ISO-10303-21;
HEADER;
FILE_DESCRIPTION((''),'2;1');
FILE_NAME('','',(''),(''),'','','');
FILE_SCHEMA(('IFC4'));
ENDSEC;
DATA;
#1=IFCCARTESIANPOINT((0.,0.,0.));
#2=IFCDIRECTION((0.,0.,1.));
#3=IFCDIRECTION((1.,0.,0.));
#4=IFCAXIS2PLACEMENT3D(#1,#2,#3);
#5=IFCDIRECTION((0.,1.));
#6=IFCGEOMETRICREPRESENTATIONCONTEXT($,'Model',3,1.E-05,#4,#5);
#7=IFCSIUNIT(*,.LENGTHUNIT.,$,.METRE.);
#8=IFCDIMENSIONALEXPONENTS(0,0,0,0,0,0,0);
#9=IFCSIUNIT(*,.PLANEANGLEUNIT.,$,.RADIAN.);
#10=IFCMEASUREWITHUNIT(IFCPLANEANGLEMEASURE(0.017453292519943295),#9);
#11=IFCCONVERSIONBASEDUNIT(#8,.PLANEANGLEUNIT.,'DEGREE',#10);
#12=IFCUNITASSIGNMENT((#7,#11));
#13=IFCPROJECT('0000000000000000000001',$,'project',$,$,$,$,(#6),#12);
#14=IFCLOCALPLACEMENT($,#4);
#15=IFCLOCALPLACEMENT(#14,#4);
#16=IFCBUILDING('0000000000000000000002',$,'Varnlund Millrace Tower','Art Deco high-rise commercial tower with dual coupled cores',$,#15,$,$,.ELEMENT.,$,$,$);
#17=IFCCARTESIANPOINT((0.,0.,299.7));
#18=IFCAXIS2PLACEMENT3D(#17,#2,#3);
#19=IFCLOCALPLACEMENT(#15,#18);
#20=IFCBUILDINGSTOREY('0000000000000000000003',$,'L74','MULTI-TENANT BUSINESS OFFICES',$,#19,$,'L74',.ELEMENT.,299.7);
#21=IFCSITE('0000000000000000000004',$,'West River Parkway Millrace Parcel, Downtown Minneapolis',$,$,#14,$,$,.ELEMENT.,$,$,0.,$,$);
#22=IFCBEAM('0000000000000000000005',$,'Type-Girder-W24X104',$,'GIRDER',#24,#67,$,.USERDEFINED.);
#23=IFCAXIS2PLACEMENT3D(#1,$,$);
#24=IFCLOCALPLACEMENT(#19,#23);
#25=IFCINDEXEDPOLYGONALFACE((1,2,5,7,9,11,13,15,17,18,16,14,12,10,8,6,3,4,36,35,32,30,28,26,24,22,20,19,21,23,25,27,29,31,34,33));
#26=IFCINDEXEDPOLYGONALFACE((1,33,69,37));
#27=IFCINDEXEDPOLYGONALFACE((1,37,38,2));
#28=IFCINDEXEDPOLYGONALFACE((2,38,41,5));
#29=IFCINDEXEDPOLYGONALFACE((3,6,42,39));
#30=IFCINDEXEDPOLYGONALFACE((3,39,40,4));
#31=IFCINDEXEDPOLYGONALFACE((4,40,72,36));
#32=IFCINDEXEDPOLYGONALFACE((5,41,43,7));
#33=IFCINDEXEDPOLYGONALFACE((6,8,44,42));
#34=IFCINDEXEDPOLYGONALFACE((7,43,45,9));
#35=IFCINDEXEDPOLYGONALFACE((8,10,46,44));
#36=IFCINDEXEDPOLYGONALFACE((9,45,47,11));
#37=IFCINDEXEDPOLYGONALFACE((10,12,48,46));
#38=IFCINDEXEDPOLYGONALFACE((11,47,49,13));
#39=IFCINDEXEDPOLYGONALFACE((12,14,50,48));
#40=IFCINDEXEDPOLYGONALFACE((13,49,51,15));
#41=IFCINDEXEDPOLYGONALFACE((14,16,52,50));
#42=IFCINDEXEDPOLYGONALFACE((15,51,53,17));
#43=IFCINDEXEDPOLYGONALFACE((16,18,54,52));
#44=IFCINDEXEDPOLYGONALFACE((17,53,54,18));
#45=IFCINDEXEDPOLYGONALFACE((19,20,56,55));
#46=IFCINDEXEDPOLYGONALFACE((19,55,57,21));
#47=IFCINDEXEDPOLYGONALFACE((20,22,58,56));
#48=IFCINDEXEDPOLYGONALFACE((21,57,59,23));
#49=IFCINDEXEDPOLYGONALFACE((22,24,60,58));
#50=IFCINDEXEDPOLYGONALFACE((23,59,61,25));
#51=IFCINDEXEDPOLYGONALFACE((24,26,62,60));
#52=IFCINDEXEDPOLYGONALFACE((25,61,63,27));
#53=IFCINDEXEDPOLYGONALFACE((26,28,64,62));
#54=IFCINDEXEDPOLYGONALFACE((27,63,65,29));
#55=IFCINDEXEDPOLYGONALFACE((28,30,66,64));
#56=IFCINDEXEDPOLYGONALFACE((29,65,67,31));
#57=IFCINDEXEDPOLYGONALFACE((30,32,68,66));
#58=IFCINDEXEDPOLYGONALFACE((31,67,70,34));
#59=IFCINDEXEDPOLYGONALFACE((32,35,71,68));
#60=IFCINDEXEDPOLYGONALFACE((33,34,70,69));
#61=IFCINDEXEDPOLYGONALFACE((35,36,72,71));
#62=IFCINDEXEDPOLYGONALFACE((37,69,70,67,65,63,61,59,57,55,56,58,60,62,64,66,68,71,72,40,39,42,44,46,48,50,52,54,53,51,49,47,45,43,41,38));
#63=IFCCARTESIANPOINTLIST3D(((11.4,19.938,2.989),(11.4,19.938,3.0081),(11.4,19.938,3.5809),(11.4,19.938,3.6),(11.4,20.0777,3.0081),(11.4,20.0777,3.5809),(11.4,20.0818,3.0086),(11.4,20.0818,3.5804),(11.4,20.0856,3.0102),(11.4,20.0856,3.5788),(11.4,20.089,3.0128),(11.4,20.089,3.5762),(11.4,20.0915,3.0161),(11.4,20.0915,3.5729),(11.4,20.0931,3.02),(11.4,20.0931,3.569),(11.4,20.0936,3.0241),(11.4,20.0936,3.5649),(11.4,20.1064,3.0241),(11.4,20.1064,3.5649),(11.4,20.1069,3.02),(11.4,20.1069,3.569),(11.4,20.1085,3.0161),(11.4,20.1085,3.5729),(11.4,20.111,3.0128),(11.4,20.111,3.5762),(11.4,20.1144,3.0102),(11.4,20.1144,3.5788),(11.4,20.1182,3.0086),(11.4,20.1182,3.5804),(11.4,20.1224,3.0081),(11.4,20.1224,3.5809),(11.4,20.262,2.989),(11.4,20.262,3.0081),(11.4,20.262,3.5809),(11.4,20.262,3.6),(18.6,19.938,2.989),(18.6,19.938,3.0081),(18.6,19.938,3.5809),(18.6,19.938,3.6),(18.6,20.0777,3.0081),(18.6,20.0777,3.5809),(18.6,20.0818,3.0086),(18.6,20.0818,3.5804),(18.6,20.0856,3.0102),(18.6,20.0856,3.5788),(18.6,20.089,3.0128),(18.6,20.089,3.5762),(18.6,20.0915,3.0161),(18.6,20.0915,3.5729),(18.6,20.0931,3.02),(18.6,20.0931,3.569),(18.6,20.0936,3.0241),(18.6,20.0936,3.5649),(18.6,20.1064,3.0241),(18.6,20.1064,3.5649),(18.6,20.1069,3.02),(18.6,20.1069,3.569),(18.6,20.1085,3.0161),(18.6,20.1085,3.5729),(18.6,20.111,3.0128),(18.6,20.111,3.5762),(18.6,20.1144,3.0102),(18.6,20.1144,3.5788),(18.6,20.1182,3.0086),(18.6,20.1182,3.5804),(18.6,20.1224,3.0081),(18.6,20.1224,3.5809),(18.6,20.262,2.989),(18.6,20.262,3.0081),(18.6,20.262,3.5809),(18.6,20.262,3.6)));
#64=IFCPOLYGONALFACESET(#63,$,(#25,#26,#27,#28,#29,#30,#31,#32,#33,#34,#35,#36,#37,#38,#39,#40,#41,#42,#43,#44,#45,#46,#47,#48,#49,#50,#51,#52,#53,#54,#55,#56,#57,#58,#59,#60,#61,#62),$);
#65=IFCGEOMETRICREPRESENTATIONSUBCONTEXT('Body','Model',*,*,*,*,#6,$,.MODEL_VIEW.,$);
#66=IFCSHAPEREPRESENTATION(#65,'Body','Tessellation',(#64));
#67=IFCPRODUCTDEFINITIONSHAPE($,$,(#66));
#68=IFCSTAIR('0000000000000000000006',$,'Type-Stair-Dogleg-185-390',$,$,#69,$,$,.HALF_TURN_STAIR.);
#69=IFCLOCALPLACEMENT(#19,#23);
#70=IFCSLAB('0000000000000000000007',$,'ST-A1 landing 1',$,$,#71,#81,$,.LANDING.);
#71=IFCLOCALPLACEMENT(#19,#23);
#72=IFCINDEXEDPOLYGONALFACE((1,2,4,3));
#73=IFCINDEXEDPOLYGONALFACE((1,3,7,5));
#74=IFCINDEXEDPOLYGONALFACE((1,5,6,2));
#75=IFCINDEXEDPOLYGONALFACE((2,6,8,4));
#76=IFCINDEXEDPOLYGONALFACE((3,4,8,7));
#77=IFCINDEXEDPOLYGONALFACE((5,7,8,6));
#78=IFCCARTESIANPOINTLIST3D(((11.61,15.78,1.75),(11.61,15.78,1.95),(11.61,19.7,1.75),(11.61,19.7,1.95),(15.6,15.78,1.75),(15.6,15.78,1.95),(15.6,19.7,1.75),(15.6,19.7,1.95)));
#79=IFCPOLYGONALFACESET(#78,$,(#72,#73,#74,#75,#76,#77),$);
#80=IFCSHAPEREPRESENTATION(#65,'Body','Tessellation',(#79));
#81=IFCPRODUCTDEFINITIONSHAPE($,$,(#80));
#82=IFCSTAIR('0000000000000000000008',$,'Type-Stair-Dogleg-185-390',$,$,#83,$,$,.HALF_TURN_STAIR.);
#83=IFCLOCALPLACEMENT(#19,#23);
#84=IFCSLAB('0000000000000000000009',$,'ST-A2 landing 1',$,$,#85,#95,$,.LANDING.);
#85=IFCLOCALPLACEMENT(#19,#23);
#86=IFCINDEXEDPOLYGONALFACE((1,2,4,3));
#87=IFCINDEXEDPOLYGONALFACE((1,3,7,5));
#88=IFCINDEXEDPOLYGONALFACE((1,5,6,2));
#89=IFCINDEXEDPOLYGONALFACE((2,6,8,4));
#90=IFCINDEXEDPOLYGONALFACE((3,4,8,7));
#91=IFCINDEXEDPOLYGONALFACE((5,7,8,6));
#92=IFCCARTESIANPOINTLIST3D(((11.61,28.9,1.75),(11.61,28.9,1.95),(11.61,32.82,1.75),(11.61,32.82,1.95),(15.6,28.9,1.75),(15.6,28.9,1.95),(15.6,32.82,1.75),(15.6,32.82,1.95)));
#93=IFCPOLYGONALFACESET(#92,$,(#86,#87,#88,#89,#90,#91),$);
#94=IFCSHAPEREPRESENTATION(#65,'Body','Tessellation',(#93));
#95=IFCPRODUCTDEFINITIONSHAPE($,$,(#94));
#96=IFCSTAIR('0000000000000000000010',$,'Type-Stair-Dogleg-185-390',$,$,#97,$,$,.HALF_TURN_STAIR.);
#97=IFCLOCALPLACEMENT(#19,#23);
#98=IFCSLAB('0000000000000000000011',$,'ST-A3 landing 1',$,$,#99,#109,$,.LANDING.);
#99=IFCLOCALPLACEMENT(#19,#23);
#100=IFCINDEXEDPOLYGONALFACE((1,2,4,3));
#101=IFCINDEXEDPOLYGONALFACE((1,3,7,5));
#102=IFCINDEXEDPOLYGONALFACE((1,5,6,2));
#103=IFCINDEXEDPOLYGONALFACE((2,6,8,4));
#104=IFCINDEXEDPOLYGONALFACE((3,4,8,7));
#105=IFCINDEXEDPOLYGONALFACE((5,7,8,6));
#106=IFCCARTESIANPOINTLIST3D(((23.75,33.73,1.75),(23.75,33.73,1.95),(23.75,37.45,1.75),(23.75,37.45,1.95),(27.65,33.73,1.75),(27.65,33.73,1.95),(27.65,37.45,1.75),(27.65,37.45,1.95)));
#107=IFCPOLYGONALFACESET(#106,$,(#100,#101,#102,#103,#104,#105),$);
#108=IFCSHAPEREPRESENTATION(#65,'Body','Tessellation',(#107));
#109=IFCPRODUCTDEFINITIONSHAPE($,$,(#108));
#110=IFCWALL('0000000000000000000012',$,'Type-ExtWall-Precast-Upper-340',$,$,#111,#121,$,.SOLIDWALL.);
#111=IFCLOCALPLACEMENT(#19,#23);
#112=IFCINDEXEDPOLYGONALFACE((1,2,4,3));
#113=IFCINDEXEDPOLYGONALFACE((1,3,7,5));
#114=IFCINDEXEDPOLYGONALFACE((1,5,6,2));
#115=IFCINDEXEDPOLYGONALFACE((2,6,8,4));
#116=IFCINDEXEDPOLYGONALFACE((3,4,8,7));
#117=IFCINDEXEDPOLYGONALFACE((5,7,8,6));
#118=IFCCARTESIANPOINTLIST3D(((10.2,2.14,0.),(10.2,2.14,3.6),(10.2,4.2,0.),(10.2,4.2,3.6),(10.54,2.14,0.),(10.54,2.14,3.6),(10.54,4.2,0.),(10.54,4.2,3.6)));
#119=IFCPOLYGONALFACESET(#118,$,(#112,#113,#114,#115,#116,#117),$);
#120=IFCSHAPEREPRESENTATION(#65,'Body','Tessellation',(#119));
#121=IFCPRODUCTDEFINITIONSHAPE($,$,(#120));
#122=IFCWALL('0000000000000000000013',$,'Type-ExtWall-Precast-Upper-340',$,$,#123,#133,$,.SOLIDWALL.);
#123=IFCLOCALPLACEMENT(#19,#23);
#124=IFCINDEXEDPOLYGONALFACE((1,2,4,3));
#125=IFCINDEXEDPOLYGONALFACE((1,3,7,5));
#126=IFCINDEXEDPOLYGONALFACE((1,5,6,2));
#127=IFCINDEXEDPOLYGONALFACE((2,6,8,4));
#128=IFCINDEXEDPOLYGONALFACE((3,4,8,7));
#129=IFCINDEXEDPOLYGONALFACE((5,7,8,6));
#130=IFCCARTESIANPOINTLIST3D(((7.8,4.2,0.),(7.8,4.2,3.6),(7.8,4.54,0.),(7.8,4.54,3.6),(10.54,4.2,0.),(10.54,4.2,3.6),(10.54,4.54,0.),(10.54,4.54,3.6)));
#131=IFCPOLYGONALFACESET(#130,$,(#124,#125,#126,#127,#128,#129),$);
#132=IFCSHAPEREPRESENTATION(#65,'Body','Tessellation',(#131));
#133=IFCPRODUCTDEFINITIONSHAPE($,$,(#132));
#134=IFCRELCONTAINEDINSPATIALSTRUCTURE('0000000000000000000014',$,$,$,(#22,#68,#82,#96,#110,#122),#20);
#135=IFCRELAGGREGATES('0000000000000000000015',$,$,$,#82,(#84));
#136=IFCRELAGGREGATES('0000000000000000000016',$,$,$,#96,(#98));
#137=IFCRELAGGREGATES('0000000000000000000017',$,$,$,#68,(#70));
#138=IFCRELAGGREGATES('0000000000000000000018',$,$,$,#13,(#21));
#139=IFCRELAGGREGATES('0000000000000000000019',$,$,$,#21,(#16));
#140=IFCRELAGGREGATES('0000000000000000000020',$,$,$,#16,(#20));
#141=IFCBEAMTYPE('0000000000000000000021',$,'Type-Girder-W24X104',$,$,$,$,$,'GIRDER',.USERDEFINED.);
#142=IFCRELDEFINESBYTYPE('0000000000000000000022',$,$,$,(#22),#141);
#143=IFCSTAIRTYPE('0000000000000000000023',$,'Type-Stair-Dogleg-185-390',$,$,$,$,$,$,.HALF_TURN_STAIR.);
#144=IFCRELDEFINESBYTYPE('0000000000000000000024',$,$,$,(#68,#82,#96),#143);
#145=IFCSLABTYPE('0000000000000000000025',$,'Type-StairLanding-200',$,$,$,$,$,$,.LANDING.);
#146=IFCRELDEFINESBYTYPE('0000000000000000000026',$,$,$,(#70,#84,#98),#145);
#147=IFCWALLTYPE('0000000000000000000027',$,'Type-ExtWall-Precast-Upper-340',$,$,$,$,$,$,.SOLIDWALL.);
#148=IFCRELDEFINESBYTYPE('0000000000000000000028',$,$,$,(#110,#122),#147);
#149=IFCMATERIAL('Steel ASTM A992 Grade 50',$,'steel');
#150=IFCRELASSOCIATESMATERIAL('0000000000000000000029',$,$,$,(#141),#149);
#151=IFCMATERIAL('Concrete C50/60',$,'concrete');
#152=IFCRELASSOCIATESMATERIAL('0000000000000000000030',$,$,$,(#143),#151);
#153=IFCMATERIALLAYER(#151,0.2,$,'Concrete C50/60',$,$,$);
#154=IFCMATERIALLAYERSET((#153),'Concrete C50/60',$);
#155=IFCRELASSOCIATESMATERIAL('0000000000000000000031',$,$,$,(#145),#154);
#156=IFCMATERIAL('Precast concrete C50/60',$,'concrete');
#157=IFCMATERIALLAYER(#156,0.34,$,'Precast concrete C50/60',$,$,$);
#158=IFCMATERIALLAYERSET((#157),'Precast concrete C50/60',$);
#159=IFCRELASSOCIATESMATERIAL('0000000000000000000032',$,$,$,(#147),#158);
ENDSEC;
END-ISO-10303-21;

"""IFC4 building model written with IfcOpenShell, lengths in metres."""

from ifc_helpers import new_model, entity, si_unit, converted_unit, direction, frame, origin_with_axes, origin_2d_with_axis, place, context, subcontext, project, spatial, polyline, i_section, outline, extrude, material, layer, layer_set, material_profile, profile_set, type_object, element, aggregate, save


model = new_model("IFC4")

# Units and contexts
model_context = context("Model", 3, precision=1e-05, world=origin_with_axes(), true_north=direction((0.0, 1.0)))
body_context = subcontext(model_context, "Body", "Model", "MODEL_VIEW")
ifc_project = project(units=[si_unit("LENGTHUNIT", "METRE"), converted_unit("PLANEANGLEUNIT", "DEGREE", entity("IfcPlaneAngleMeasure", 0.017453292519943295), si_unit("PLANEANGLEUNIT", "RADIAN"), dimensions=[0, 0, 0, 0, 0, 0, 0])], contexts=[model_context])

# Site, building, storey
site_placement = place(None, origin_with_axes())
site = spatial("IfcSite", under=ifc_project, at=site_placement, Name="West River Parkway Millrace Parcel, Downtown Minneapolis", CompositionType="ELEMENT", RefElevation=0.0)
building_placement = place(site_placement, origin_with_axes())
building = spatial("IfcBuilding", under=site, at=building_placement, Name="Varnlund Millrace Tower", Description="Art Deco high-rise commercial tower with dual coupled cores", CompositionType="ELEMENT")
storey_placement = place(building_placement, frame((0.0, 0.0, 299.7), z_axis=(0.0, 0.0, 1.0), x_axis=(1.0, 0.0, 0.0)))
storey = spatial("IfcBuildingStorey", under=building, at=storey_placement, Name="L74", Description="MULTI-TENANT BUSINESS OFFICES", LongName="L74", CompositionType="ELEMENT", Elevation=299.7)

# Beam
ifc_material_1 = material(Name="Steel ASTM A992 Grade 50", Category="steel")
ifc_material_profile_1 = material_profile(ifc_material_1, i_section(OverallWidth=0.324, OverallDepth=0.611, WebThickness=0.0127, FlangeThickness=0.0191, FilletRadius=0.016, at=origin_2d_with_axis()), Name="Steel ASTM A992 Grade 50")
ifc_profile_set_1 = profile_set([ifc_material_profile_1], Name="Steel ASTM A992 Grade 50")
beam_type_1 = type_object("IfcBeamType", Name="Type-Girder-W24X104", ElementType="GIRDER", PredefinedType="USERDEFINED", material=ifc_profile_set_1)
for number, where, z_axis, x_axis, name in (
    (1, (11.4, 20.1, 3.2945), (1.0, 0.0, 0.0), (0.0, 1.0, 0.0), "Type-Girder-W24X104"),
):
    element("IfcBeam", number, at=place(storey_placement, frame(where, z_axis=z_axis, x_axis=x_axis)), inside=storey, type_object=beam_type_1, Name=name, ObjectType="GIRDER", PredefinedType="USERDEFINED", context=body_context, shape_type="SweptSolid", body=[
        extrude(i_section(OverallWidth=0.324, OverallDepth=0.611, WebThickness=0.0127, FlangeThickness=0.0191, FilletRadius=0.016, at=origin_2d_with_axis()), origin_with_axes(), (0.0, 0.0, 1.0), 7.2),
    ])

# Stairs, slabs
ifc_material_2 = material(Name="Concrete C50/60", Category="concrete")
stair_type = type_object("IfcStairType", Name="Type-Stair-Dogleg-185-390", PredefinedType="HALF_TURN_STAIR", material=ifc_material_2)
stair_1_placement = place(storey_placement, origin_with_axes())
stair_1 = element("IfcStair", 2, at=stair_1_placement, inside=storey, type_object=stair_type, Name="Type-Stair-Dogleg-185-390", PredefinedType="HALF_TURN_STAIR")
ifc_layer_1 = layer(ifc_material_2, 0.2, Name="Concrete C50/60")
ifc_layer_set_1 = layer_set([ifc_layer_1], Name="Concrete C50/60")
slab_type = type_object("IfcSlabType", Name="Type-StairLanding-200", PredefinedType="LANDING", material=ifc_layer_set_1)
slab_1_placement = place(storey_placement, frame((0.0, 0.0, 1.75), z_axis=(0.0, 0.0, 1.0), x_axis=(1.0, 0.0, 0.0)))
slab_1 = element("IfcSlab", 3, at=slab_1_placement, type_object=slab_type, Name="ST-A1 landing 1", PredefinedType="LANDING", context=body_context, shape_type="SweptSolid", body=[
    extrude(outline(polyline([(15.6, 15.78), (15.6, 19.7), (11.61, 19.7), (11.61, 15.78), (15.6, 15.78)])), origin_with_axes(), (0.0, 0.0, 1.0), 0.2),
])
stair_2_placement = place(storey_placement, origin_with_axes())
stair_2 = element("IfcStair", 4, at=stair_2_placement, inside=storey, type_object=stair_type, Name="Type-Stair-Dogleg-185-390", PredefinedType="HALF_TURN_STAIR")
slab_2_placement = place(storey_placement, frame((0.0, 0.0, 1.75), z_axis=(0.0, 0.0, 1.0), x_axis=(1.0, 0.0, 0.0)))
slab_2 = element("IfcSlab", 5, at=slab_2_placement, type_object=slab_type, Name="ST-A2 landing 1", PredefinedType="LANDING", context=body_context, shape_type="SweptSolid", body=[
    extrude(outline(polyline([(11.61, 32.82), (11.61, 28.9), (15.6, 28.9), (15.6, 32.82), (11.61, 32.82)])), origin_with_axes(), (0.0, 0.0, 1.0), 0.2),
])
aggregate(stair_2, [slab_2])
stair_3_placement = place(storey_placement, origin_with_axes())
stair_3 = element("IfcStair", 6, at=stair_3_placement, inside=storey, type_object=stair_type, Name="Type-Stair-Dogleg-185-390", PredefinedType="HALF_TURN_STAIR")
slab_3_placement = place(storey_placement, frame((0.0, 0.0, 1.75), z_axis=(0.0, 0.0, 1.0), x_axis=(1.0, 0.0, 0.0)))
slab_3 = element("IfcSlab", 7, at=slab_3_placement, type_object=slab_type, Name="ST-A3 landing 1", PredefinedType="LANDING", context=body_context, shape_type="SweptSolid", body=[
    extrude(outline(polyline([(27.65, 33.73), (27.65, 37.45), (23.75, 37.45), (23.75, 33.73), (27.65, 33.73)])), origin_with_axes(), (0.0, 0.0, 1.0), 0.2),
])
aggregate(stair_3, [slab_3])

# Walls
ifc_material_3 = material(Name="Precast concrete C50/60", Category="concrete")
ifc_layer_2 = layer(ifc_material_3, 0.34, Name="Precast concrete C50/60")
ifc_layer_set_2 = layer_set([ifc_layer_2], Name="Precast concrete C50/60")
wall_type_1 = type_object("IfcWallType", Name="Type-ExtWall-Precast-Upper-340", PredefinedType="SOLIDWALL", material=ifc_layer_set_2)
wall_1_placement = place(storey_placement, frame((10.37, 2.14, 0.0), z_axis=(0.0, 0.0, 1.0), x_axis=(0.0, 1.0, 0.0)))
element("IfcWall", 8, at=wall_1_placement, inside=storey, type_object=wall_type_1, Name="Type-ExtWall-Precast-Upper-340", PredefinedType="SOLIDWALL", context=body_context, shape_type="SweptSolid", body=[
    extrude(outline(polyline([(0.0, -0.17), (2.06, -0.17), (2.06, 0.17), (0.0, 0.17), (0.0, -0.17)])), origin_with_axes(), (0.0, 0.0, 1.0), 3.6),
])
wall_2_placement = place(storey_placement, frame((10.54, 4.37, 0.0), z_axis=(0.0, 0.0, 1.0), x_axis=(-1.0, 0.0, 0.0)))
element("IfcWall", 9, at=wall_2_placement, inside=storey, type_object=wall_type_1, Name="Type-ExtWall-Precast-Upper-340", PredefinedType="SOLIDWALL", context=body_context, shape_type="SweptSolid", body=[
    extrude(outline(polyline([(0.0, -0.17), (2.74, -0.17), (2.74, 0.17), (0.0, 0.17), (0.0, -0.17)])), origin_with_axes(), (0.0, 0.0, 1.0), 3.6),
])

aggregate(stair_1, [slab_1])

save(model, "model.ifc")
